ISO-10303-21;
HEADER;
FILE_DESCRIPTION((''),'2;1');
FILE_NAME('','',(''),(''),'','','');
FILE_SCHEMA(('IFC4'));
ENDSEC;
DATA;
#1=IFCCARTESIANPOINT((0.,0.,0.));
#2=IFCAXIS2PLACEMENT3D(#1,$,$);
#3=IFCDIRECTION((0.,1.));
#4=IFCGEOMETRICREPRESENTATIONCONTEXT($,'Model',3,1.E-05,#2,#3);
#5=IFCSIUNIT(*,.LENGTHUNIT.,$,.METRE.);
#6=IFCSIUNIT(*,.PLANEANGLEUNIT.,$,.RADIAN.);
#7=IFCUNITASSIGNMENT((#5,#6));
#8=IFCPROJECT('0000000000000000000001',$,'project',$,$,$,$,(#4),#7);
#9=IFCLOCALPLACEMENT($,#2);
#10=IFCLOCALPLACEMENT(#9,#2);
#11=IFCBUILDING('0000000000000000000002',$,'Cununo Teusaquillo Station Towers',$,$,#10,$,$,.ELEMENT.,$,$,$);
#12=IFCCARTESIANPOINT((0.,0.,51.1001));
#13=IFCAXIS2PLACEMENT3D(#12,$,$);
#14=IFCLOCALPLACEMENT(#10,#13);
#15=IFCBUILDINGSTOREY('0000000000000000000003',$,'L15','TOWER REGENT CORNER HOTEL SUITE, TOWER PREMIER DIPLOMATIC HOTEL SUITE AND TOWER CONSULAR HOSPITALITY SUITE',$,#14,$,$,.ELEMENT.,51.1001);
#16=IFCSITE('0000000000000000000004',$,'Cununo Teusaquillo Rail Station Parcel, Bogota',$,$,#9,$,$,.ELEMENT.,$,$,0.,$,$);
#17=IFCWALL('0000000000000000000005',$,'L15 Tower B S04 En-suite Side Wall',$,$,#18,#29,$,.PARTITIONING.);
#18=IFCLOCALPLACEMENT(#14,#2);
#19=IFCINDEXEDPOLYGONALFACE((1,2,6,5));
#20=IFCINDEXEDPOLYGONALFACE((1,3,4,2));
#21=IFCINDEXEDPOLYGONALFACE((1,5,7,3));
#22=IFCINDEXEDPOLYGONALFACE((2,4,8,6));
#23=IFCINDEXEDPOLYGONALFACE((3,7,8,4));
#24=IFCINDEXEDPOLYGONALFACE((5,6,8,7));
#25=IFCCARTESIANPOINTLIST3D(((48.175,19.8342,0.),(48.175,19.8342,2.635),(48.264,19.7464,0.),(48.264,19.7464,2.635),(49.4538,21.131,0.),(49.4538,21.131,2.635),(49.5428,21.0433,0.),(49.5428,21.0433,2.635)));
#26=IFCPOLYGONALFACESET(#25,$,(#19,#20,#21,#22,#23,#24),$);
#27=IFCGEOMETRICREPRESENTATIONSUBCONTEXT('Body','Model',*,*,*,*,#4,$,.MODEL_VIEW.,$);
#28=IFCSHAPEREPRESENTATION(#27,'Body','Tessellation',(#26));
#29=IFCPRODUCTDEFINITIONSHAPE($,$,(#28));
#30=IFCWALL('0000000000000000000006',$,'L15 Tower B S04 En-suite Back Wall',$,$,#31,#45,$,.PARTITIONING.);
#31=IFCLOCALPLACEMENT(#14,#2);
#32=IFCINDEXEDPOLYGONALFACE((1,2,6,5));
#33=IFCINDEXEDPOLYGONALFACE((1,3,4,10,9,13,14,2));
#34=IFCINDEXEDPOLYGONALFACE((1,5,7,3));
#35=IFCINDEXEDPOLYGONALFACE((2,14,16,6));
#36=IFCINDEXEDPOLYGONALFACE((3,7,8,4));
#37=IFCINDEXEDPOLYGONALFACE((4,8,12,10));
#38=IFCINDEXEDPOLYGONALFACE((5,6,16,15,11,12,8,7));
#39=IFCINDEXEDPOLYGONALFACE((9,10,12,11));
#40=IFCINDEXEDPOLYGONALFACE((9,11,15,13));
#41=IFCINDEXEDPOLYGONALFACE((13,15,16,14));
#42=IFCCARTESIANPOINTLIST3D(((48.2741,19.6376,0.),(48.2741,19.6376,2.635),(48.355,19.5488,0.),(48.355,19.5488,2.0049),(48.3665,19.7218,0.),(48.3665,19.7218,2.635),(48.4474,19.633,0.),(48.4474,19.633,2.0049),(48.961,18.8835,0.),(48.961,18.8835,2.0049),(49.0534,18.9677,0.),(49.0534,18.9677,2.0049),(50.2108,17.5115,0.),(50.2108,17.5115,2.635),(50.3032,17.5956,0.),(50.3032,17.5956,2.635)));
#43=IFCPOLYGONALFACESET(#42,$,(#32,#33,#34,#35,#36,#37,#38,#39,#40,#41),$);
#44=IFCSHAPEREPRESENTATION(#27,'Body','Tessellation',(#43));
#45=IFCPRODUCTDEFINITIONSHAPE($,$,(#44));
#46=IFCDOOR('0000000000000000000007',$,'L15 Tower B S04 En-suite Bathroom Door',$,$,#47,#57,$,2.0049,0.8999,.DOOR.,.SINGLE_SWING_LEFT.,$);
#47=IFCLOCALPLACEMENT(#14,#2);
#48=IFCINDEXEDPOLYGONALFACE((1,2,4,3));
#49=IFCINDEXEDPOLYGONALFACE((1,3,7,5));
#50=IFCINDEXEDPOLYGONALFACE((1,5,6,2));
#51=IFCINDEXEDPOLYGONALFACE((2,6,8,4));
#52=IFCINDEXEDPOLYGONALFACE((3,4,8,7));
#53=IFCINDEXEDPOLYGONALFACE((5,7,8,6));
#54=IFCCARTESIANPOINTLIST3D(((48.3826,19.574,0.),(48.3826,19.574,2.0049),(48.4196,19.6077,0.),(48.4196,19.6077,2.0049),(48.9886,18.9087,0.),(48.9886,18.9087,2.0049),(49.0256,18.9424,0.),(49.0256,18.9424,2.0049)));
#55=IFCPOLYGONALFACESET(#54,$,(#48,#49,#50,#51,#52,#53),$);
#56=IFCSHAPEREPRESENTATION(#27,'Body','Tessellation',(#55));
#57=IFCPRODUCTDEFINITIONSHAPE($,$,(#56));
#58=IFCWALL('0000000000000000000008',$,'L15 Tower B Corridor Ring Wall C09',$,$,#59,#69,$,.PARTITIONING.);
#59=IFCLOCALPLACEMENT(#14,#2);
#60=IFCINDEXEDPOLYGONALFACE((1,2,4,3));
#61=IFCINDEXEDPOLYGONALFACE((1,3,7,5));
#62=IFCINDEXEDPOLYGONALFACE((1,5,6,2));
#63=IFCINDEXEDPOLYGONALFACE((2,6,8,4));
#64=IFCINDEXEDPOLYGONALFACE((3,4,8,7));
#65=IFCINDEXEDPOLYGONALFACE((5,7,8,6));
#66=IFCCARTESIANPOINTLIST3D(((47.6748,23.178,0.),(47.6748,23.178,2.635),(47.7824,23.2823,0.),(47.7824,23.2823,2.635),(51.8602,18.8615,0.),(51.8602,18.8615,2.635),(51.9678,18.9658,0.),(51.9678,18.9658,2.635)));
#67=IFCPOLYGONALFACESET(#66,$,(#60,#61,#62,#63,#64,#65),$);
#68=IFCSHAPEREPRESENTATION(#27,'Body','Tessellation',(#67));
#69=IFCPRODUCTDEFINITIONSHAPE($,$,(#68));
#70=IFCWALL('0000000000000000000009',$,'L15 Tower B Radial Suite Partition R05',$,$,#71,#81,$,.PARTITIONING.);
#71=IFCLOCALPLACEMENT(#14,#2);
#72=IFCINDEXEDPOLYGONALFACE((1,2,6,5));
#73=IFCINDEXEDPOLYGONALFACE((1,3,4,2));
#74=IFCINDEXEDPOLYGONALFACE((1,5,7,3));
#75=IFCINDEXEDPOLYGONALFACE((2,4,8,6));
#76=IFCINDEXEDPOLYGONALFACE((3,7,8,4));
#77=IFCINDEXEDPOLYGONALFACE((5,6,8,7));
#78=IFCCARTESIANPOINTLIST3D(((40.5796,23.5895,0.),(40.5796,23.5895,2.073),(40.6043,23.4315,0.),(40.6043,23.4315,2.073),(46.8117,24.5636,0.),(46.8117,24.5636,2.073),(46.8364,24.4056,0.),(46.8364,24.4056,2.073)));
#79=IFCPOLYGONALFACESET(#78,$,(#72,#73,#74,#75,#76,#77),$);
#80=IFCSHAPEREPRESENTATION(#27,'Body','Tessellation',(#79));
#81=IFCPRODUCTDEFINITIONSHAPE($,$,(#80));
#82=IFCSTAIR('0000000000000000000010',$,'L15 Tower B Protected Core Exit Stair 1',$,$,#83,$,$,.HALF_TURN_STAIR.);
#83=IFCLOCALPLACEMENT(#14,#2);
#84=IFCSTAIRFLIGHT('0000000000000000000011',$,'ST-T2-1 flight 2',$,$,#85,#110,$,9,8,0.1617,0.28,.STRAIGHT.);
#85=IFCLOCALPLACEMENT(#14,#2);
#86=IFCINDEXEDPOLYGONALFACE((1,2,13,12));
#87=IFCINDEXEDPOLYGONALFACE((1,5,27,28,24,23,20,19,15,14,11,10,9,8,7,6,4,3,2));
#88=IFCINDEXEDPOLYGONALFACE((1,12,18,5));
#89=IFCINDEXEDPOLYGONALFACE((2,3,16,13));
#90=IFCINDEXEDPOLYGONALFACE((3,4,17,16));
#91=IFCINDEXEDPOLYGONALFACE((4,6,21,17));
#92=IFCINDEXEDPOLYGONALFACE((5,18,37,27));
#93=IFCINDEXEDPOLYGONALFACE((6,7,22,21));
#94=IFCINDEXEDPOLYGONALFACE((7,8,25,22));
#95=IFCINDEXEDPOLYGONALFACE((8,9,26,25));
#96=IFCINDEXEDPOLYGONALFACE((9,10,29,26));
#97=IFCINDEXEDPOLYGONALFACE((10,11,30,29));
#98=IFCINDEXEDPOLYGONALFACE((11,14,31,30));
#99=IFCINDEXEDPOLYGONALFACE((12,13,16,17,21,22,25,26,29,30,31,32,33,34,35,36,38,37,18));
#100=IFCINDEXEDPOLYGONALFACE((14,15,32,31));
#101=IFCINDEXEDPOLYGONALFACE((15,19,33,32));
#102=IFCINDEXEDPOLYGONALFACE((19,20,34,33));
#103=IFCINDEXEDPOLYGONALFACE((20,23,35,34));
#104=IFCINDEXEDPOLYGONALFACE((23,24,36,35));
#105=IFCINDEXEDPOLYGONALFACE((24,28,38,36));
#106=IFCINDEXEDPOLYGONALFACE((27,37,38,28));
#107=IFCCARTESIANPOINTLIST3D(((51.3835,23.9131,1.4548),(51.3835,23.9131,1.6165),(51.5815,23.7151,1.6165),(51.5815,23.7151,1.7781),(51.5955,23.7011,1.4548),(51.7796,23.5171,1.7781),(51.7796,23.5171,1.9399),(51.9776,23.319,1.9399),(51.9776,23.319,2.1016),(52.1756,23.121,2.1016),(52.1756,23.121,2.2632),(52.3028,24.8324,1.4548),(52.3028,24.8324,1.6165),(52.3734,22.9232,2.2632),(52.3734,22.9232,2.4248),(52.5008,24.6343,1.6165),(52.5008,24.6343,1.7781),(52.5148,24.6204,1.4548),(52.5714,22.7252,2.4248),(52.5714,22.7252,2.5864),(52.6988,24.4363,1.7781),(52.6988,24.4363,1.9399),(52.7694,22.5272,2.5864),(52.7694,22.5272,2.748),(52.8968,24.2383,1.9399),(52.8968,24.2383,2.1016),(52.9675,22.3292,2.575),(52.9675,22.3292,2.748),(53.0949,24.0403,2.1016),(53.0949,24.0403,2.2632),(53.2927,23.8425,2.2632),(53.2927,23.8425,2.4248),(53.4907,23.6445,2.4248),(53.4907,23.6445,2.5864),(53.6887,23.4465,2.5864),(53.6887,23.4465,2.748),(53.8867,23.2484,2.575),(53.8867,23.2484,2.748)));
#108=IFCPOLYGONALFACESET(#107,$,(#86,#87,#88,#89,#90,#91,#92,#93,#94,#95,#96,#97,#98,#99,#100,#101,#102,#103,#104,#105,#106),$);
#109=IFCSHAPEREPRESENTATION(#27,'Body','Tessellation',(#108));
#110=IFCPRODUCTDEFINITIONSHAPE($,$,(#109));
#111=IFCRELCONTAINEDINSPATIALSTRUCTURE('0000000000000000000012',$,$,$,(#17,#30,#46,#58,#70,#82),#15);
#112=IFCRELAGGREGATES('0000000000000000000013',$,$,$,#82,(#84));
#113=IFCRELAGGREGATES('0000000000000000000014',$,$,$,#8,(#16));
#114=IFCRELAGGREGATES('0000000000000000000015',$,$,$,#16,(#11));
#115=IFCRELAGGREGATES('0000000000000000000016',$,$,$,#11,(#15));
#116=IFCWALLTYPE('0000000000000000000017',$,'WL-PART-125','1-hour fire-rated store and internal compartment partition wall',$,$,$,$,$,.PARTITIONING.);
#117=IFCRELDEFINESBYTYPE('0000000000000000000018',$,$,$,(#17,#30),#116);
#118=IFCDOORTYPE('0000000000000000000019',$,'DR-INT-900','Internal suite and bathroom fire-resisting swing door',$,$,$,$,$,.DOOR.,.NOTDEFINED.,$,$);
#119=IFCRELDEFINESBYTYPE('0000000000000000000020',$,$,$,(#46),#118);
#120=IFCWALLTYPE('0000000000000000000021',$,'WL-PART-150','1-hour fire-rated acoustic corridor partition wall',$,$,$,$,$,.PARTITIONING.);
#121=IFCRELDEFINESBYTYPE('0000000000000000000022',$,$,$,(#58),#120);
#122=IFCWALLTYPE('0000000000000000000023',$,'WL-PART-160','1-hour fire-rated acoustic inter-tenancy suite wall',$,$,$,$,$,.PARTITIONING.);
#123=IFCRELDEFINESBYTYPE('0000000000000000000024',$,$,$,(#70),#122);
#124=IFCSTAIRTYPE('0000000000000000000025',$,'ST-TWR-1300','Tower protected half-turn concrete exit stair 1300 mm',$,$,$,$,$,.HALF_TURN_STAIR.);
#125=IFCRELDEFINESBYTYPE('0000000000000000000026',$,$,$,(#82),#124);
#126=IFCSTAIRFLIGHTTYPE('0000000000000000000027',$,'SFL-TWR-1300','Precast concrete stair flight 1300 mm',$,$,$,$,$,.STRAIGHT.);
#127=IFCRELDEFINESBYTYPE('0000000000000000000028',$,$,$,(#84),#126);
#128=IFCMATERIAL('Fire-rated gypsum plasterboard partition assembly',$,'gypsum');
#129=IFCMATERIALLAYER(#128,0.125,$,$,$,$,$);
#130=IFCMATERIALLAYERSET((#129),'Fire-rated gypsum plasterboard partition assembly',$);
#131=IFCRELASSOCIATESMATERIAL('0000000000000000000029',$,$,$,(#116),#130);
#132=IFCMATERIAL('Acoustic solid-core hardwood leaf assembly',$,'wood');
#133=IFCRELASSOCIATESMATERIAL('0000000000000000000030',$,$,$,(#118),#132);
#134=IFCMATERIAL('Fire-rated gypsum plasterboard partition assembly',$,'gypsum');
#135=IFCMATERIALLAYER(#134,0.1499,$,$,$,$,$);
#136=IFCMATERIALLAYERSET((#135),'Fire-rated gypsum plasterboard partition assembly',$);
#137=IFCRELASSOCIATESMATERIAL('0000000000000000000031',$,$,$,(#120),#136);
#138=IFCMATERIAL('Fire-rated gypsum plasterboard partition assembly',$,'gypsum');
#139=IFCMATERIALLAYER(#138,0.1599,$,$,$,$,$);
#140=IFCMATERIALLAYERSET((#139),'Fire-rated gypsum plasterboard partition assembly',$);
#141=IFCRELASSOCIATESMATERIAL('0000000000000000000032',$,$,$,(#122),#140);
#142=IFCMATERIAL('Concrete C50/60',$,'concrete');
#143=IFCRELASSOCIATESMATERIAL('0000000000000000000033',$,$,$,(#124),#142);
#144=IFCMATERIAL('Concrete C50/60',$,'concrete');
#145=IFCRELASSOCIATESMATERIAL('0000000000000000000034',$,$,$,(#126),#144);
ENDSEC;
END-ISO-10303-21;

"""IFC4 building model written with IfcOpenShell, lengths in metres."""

from ifc_helpers import new_model, si_unit, direction, frame, frame_2d, origin, place, context, subcontext, project, spatial, polyline, rectangle, outline, extrude, source, transform, mapped, material, layer, layer_set, type_object, element, fill, aggregate, save


model = new_model("IFC4")

# Units and contexts
model_context = context("Model", 3, precision=1e-05, world=origin(), true_north=direction((0.0, 1.0)))
body_context = subcontext(model_context, "Body", "Model", "MODEL_VIEW")
ifc_project = project(units=[si_unit("LENGTHUNIT", "METRE"), si_unit("PLANEANGLEUNIT", "RADIAN")], contexts=[model_context])

# Site, building, storey
site_placement = place(None, origin())
site = spatial("IfcSite", under=ifc_project, at=site_placement, Name="Cununo Teusaquillo Rail Station Parcel, Bogota", CompositionType="ELEMENT", RefElevation=0.0)
building_placement = place(site_placement, origin())
building = spatial("IfcBuilding", under=site, at=building_placement, Name="Cununo Teusaquillo Station Towers", CompositionType="ELEMENT")
storey_placement = place(building_placement, frame((0.0, 0.0, 51.1001)))
storey = spatial("IfcBuildingStorey", under=building, at=storey_placement, Name="L15", Description="TOWER REGENT CORNER HOTEL SUITE, TOWER PREMIER DIPLOMATIC HOTEL SUITE AND TOWER CONSULAR HOSPITALITY SUITE", CompositionType="ELEMENT", Elevation=51.1001)

# Wall
ifc_material_1 = material(Name="Fire-rated gypsum plasterboard partition assembly", Category="gypsum")
ifc_layer_1 = layer(ifc_material_1, 0.125)
ifc_layer_set_1 = layer_set([ifc_layer_1], Name="Fire-rated gypsum plasterboard partition assembly")
wall_type_1 = type_object("IfcWallType", Name="WL-PART-125", Description="1-hour fire-rated store and internal compartment partition wall", PredefinedType="PARTITIONING", material=ifc_layer_set_1)
wall_1_placement = place(storey_placement, frame((49.4983, 21.0872, 0.0), z_axis=(0.0, 0.0, 1.0), x_axis=(-0.70213, -0.712049, 0.0)))
element("IfcWall", 1, at=wall_1_placement, inside=storey, type_object=wall_type_1, Name="L15 Tower B S04 En-suite Side Wall", PredefinedType="PARTITIONING", context=body_context, shape_type="SweptSolid", body=[
    extrude(rectangle(XDim=1.8213, YDim=0.125, at=frame_2d((0.9106, 0.0))), origin(), (0.0, 0.0, 1.0), 2.635),
])

# Wall, opening, door
wall_2_placement = place(storey_placement, frame((48.3203, 19.6797, 0.0), z_axis=(0.0, 0.0, 1.0), x_axis=(0.673403, -0.739275, 0.0)))
wall_2 = element("IfcWall", 2, at=wall_2_placement, inside=storey, type_object=wall_type_1, Name="L15 Tower B S04 En-suite Back Wall", PredefinedType="PARTITIONING", context=body_context, shape_type="SweptSolid", body=[
    extrude(rectangle(XDim=2.876, YDim=0.125, at=frame_2d((1.438, 0.0))), origin(), (0.0, 0.0, 1.0), 2.635),
])
shared_shape_1 = source(origin(), body_context, "Body", "SweptSolid", [
    extrude(rectangle(XDim=0.8999, YDim=2.0049, at=frame_2d((0.45, 1.0024))), frame((0.0, 0.0725, 0.0), z_axis=(0.0, -1.0, 0.0), x_axis=(1.0, 0.0, 0.0)), (0.0, 0.0, 1.0), 0.145),
])
opening_1_placement = place(wall_2_placement, frame((0.1201, 0.0, 0.0)))
opening_1 = element("IfcOpeningElement", 3, at=opening_1_placement, cuts=wall_2, PredefinedType="OPENING", context=body_context, shape_type="MappedRepresentation", body=[
    mapped(shared_shape_1, transform((0.0, 0.0, 0.0), x_axis=(1.0, 0.0, 0.0), y_axis=(0.0, 1.0, 0.0), z_axis=(0.0, 0.0, 1.0), scale=1.0)),
])
ifc_material_2 = material(Name="Acoustic solid-core hardwood leaf assembly", Category="wood")
door_type_1 = type_object("IfcDoorType", Name="DR-INT-900", Description="Internal suite and bathroom fire-resisting swing door", OperationType="NOTDEFINED", PredefinedType="DOOR", material=ifc_material_2)
shared_shape_2 = source(origin(), body_context, "Body", "SweptSolid", [
    extrude(rectangle(XDim=0.8999, YDim=2.0049, at=frame_2d((0.45, 1.0024))), frame((0.0, 0.0249, 0.0), z_axis=(0.0, -1.0, 0.0), x_axis=(1.0, 0.0, 0.0)), (0.0, 0.0, 1.0), 0.05),
])
door_1_placement = place(opening_1_placement, origin())
door_1 = element("IfcDoor", 4, at=door_1_placement, inside=storey, type_object=door_type_1, Name="L15 Tower B S04 En-suite Bathroom Door", OperationType="SINGLE_SWING_LEFT", OverallHeight=2.0049, OverallWidth=0.8999, PredefinedType="DOOR", context=body_context, shape_type="MappedRepresentation", body=[
    mapped(shared_shape_2, transform((0.0, 0.0, 0.0), x_axis=(1.0, 0.0, 0.0), y_axis=(0.0, 1.0, 0.0), z_axis=(0.0, 0.0, 1.0), scale=1.0)),
])
fill(opening_1, door_1)

# Walls
ifc_material_3 = material(Name="Fire-rated gypsum plasterboard partition assembly", Category="gypsum")
ifc_layer_2 = layer(ifc_material_3, 0.1499)
ifc_layer_set_2 = layer_set([ifc_layer_2], Name="Fire-rated gypsum plasterboard partition assembly")
wall_type_2 = type_object("IfcWallType", Name="WL-PART-150", Description="1-hour fire-rated acoustic corridor partition wall", PredefinedType="PARTITIONING", material=ifc_layer_set_2)
wall_3_placement = place(storey_placement, frame((47.7285, 23.2302, 0.0), z_axis=(0.0, 0.0, 1.0), x_axis=(0.69612, -0.717926, 0.0)))
element("IfcWall", 5, at=wall_3_placement, inside=storey, type_object=wall_type_2, Name="L15 Tower B Corridor Ring Wall C09", PredefinedType="PARTITIONING", context=body_context, shape_type="SweptSolid", body=[
    extrude(rectangle(XDim=6.0125, YDim=0.1499, at=frame_2d((3.0063, 0.0))), origin(), (0.0, 0.0, 1.0), 2.635),
])
ifc_material_4 = material(Name="Fire-rated gypsum plasterboard partition assembly", Category="gypsum")
ifc_layer_3 = layer(ifc_material_4, 0.1599)
ifc_layer_set_3 = layer_set([ifc_layer_3], Name="Fire-rated gypsum plasterboard partition assembly")
wall_type_3 = type_object("IfcWallType", Name="WL-PART-160", Description="1-hour fire-rated acoustic inter-tenancy suite wall", PredefinedType="PARTITIONING", material=ifc_layer_set_3)
wall_4_placement = place(storey_placement, frame((46.824, 24.4846, 0.0), z_axis=(0.0, 0.0, 1.0), x_axis=(-0.988004, -0.15443, 0.0)))
element("IfcWall", 6, at=wall_4_placement, inside=storey, type_object=wall_type_3, Name="L15 Tower B Radial Suite Partition R05", PredefinedType="PARTITIONING", context=body_context, shape_type="SweptSolid", body=[
    extrude(rectangle(XDim=6.3079, YDim=0.1599, at=frame_2d((3.1538, 0.0))), origin(), (0.0, 0.0, 1.0), 2.073),
])

# Stair, stair flight
ifc_material_5 = material(Name="Concrete C50/60", Category="concrete")
stair_type = type_object("IfcStairType", Name="ST-TWR-1300", Description="Tower protected half-turn concrete exit stair 1300 mm", PredefinedType="HALF_TURN_STAIR", material=ifc_material_5)
stair_placement = place(storey_placement, origin())
stair = element("IfcStair", 7, at=stair_placement, inside=storey, type_object=stair_type, Name="L15 Tower B Protected Core Exit Stair 1", PredefinedType="HALF_TURN_STAIR")
ifc_material_6 = material(Name="Concrete C50/60", Category="concrete")
stair_flight_type = type_object("IfcStairFlightType", Name="SFL-TWR-1300", Description="Precast concrete stair flight 1300 mm", PredefinedType="STRAIGHT", material=ifc_material_6)
stair_flight_placement = place(storey_placement, frame((51.8433, 24.3728, 1.4548), z_axis=(0.0, 0.0, 1.0), x_axis=(0.707107, -0.707107, 0.0)))
stair_flight = element("IfcStairFlight", 8, at=stair_flight_placement, type_object=stair_flight_type, Name="ST-T2-1 flight 2", NumberOfRisers=9, NumberOfTreads=8, PredefinedType="STRAIGHT", RiserHeight=0.1617, TreadLength=0.28, context=body_context, shape_type="SweptSolid", body=[
    extrude(outline(polyline([(0.0, 0.0), (0.0, 0.1616), (0.28, 0.1616), (0.28, 0.3232), (0.5601, 0.3232), (0.5601, 0.4851), (0.8401, 0.4851), (0.8401, 0.6467), (1.1201, 0.6467), (1.1201, 0.8083), (1.3999, 0.8083), (1.3999, 0.97), (1.6799, 0.97), (1.6799, 1.1316), (1.96, 1.1316), (1.96, 1.2932), (2.24, 1.2932), (2.24, 1.4551), (2.24, 1.1201), (0.2998, 0.0), (0.0, 0.0)])), frame((0.0, 0.6499, 0.0), z_axis=(0.0, -1.0, 0.0), x_axis=(1.0, 0.0, 0.0)), (0.0, 0.0, 1.0), 1.3),
])
aggregate(stair, [stair_flight])

save(model, "model.ifc")
